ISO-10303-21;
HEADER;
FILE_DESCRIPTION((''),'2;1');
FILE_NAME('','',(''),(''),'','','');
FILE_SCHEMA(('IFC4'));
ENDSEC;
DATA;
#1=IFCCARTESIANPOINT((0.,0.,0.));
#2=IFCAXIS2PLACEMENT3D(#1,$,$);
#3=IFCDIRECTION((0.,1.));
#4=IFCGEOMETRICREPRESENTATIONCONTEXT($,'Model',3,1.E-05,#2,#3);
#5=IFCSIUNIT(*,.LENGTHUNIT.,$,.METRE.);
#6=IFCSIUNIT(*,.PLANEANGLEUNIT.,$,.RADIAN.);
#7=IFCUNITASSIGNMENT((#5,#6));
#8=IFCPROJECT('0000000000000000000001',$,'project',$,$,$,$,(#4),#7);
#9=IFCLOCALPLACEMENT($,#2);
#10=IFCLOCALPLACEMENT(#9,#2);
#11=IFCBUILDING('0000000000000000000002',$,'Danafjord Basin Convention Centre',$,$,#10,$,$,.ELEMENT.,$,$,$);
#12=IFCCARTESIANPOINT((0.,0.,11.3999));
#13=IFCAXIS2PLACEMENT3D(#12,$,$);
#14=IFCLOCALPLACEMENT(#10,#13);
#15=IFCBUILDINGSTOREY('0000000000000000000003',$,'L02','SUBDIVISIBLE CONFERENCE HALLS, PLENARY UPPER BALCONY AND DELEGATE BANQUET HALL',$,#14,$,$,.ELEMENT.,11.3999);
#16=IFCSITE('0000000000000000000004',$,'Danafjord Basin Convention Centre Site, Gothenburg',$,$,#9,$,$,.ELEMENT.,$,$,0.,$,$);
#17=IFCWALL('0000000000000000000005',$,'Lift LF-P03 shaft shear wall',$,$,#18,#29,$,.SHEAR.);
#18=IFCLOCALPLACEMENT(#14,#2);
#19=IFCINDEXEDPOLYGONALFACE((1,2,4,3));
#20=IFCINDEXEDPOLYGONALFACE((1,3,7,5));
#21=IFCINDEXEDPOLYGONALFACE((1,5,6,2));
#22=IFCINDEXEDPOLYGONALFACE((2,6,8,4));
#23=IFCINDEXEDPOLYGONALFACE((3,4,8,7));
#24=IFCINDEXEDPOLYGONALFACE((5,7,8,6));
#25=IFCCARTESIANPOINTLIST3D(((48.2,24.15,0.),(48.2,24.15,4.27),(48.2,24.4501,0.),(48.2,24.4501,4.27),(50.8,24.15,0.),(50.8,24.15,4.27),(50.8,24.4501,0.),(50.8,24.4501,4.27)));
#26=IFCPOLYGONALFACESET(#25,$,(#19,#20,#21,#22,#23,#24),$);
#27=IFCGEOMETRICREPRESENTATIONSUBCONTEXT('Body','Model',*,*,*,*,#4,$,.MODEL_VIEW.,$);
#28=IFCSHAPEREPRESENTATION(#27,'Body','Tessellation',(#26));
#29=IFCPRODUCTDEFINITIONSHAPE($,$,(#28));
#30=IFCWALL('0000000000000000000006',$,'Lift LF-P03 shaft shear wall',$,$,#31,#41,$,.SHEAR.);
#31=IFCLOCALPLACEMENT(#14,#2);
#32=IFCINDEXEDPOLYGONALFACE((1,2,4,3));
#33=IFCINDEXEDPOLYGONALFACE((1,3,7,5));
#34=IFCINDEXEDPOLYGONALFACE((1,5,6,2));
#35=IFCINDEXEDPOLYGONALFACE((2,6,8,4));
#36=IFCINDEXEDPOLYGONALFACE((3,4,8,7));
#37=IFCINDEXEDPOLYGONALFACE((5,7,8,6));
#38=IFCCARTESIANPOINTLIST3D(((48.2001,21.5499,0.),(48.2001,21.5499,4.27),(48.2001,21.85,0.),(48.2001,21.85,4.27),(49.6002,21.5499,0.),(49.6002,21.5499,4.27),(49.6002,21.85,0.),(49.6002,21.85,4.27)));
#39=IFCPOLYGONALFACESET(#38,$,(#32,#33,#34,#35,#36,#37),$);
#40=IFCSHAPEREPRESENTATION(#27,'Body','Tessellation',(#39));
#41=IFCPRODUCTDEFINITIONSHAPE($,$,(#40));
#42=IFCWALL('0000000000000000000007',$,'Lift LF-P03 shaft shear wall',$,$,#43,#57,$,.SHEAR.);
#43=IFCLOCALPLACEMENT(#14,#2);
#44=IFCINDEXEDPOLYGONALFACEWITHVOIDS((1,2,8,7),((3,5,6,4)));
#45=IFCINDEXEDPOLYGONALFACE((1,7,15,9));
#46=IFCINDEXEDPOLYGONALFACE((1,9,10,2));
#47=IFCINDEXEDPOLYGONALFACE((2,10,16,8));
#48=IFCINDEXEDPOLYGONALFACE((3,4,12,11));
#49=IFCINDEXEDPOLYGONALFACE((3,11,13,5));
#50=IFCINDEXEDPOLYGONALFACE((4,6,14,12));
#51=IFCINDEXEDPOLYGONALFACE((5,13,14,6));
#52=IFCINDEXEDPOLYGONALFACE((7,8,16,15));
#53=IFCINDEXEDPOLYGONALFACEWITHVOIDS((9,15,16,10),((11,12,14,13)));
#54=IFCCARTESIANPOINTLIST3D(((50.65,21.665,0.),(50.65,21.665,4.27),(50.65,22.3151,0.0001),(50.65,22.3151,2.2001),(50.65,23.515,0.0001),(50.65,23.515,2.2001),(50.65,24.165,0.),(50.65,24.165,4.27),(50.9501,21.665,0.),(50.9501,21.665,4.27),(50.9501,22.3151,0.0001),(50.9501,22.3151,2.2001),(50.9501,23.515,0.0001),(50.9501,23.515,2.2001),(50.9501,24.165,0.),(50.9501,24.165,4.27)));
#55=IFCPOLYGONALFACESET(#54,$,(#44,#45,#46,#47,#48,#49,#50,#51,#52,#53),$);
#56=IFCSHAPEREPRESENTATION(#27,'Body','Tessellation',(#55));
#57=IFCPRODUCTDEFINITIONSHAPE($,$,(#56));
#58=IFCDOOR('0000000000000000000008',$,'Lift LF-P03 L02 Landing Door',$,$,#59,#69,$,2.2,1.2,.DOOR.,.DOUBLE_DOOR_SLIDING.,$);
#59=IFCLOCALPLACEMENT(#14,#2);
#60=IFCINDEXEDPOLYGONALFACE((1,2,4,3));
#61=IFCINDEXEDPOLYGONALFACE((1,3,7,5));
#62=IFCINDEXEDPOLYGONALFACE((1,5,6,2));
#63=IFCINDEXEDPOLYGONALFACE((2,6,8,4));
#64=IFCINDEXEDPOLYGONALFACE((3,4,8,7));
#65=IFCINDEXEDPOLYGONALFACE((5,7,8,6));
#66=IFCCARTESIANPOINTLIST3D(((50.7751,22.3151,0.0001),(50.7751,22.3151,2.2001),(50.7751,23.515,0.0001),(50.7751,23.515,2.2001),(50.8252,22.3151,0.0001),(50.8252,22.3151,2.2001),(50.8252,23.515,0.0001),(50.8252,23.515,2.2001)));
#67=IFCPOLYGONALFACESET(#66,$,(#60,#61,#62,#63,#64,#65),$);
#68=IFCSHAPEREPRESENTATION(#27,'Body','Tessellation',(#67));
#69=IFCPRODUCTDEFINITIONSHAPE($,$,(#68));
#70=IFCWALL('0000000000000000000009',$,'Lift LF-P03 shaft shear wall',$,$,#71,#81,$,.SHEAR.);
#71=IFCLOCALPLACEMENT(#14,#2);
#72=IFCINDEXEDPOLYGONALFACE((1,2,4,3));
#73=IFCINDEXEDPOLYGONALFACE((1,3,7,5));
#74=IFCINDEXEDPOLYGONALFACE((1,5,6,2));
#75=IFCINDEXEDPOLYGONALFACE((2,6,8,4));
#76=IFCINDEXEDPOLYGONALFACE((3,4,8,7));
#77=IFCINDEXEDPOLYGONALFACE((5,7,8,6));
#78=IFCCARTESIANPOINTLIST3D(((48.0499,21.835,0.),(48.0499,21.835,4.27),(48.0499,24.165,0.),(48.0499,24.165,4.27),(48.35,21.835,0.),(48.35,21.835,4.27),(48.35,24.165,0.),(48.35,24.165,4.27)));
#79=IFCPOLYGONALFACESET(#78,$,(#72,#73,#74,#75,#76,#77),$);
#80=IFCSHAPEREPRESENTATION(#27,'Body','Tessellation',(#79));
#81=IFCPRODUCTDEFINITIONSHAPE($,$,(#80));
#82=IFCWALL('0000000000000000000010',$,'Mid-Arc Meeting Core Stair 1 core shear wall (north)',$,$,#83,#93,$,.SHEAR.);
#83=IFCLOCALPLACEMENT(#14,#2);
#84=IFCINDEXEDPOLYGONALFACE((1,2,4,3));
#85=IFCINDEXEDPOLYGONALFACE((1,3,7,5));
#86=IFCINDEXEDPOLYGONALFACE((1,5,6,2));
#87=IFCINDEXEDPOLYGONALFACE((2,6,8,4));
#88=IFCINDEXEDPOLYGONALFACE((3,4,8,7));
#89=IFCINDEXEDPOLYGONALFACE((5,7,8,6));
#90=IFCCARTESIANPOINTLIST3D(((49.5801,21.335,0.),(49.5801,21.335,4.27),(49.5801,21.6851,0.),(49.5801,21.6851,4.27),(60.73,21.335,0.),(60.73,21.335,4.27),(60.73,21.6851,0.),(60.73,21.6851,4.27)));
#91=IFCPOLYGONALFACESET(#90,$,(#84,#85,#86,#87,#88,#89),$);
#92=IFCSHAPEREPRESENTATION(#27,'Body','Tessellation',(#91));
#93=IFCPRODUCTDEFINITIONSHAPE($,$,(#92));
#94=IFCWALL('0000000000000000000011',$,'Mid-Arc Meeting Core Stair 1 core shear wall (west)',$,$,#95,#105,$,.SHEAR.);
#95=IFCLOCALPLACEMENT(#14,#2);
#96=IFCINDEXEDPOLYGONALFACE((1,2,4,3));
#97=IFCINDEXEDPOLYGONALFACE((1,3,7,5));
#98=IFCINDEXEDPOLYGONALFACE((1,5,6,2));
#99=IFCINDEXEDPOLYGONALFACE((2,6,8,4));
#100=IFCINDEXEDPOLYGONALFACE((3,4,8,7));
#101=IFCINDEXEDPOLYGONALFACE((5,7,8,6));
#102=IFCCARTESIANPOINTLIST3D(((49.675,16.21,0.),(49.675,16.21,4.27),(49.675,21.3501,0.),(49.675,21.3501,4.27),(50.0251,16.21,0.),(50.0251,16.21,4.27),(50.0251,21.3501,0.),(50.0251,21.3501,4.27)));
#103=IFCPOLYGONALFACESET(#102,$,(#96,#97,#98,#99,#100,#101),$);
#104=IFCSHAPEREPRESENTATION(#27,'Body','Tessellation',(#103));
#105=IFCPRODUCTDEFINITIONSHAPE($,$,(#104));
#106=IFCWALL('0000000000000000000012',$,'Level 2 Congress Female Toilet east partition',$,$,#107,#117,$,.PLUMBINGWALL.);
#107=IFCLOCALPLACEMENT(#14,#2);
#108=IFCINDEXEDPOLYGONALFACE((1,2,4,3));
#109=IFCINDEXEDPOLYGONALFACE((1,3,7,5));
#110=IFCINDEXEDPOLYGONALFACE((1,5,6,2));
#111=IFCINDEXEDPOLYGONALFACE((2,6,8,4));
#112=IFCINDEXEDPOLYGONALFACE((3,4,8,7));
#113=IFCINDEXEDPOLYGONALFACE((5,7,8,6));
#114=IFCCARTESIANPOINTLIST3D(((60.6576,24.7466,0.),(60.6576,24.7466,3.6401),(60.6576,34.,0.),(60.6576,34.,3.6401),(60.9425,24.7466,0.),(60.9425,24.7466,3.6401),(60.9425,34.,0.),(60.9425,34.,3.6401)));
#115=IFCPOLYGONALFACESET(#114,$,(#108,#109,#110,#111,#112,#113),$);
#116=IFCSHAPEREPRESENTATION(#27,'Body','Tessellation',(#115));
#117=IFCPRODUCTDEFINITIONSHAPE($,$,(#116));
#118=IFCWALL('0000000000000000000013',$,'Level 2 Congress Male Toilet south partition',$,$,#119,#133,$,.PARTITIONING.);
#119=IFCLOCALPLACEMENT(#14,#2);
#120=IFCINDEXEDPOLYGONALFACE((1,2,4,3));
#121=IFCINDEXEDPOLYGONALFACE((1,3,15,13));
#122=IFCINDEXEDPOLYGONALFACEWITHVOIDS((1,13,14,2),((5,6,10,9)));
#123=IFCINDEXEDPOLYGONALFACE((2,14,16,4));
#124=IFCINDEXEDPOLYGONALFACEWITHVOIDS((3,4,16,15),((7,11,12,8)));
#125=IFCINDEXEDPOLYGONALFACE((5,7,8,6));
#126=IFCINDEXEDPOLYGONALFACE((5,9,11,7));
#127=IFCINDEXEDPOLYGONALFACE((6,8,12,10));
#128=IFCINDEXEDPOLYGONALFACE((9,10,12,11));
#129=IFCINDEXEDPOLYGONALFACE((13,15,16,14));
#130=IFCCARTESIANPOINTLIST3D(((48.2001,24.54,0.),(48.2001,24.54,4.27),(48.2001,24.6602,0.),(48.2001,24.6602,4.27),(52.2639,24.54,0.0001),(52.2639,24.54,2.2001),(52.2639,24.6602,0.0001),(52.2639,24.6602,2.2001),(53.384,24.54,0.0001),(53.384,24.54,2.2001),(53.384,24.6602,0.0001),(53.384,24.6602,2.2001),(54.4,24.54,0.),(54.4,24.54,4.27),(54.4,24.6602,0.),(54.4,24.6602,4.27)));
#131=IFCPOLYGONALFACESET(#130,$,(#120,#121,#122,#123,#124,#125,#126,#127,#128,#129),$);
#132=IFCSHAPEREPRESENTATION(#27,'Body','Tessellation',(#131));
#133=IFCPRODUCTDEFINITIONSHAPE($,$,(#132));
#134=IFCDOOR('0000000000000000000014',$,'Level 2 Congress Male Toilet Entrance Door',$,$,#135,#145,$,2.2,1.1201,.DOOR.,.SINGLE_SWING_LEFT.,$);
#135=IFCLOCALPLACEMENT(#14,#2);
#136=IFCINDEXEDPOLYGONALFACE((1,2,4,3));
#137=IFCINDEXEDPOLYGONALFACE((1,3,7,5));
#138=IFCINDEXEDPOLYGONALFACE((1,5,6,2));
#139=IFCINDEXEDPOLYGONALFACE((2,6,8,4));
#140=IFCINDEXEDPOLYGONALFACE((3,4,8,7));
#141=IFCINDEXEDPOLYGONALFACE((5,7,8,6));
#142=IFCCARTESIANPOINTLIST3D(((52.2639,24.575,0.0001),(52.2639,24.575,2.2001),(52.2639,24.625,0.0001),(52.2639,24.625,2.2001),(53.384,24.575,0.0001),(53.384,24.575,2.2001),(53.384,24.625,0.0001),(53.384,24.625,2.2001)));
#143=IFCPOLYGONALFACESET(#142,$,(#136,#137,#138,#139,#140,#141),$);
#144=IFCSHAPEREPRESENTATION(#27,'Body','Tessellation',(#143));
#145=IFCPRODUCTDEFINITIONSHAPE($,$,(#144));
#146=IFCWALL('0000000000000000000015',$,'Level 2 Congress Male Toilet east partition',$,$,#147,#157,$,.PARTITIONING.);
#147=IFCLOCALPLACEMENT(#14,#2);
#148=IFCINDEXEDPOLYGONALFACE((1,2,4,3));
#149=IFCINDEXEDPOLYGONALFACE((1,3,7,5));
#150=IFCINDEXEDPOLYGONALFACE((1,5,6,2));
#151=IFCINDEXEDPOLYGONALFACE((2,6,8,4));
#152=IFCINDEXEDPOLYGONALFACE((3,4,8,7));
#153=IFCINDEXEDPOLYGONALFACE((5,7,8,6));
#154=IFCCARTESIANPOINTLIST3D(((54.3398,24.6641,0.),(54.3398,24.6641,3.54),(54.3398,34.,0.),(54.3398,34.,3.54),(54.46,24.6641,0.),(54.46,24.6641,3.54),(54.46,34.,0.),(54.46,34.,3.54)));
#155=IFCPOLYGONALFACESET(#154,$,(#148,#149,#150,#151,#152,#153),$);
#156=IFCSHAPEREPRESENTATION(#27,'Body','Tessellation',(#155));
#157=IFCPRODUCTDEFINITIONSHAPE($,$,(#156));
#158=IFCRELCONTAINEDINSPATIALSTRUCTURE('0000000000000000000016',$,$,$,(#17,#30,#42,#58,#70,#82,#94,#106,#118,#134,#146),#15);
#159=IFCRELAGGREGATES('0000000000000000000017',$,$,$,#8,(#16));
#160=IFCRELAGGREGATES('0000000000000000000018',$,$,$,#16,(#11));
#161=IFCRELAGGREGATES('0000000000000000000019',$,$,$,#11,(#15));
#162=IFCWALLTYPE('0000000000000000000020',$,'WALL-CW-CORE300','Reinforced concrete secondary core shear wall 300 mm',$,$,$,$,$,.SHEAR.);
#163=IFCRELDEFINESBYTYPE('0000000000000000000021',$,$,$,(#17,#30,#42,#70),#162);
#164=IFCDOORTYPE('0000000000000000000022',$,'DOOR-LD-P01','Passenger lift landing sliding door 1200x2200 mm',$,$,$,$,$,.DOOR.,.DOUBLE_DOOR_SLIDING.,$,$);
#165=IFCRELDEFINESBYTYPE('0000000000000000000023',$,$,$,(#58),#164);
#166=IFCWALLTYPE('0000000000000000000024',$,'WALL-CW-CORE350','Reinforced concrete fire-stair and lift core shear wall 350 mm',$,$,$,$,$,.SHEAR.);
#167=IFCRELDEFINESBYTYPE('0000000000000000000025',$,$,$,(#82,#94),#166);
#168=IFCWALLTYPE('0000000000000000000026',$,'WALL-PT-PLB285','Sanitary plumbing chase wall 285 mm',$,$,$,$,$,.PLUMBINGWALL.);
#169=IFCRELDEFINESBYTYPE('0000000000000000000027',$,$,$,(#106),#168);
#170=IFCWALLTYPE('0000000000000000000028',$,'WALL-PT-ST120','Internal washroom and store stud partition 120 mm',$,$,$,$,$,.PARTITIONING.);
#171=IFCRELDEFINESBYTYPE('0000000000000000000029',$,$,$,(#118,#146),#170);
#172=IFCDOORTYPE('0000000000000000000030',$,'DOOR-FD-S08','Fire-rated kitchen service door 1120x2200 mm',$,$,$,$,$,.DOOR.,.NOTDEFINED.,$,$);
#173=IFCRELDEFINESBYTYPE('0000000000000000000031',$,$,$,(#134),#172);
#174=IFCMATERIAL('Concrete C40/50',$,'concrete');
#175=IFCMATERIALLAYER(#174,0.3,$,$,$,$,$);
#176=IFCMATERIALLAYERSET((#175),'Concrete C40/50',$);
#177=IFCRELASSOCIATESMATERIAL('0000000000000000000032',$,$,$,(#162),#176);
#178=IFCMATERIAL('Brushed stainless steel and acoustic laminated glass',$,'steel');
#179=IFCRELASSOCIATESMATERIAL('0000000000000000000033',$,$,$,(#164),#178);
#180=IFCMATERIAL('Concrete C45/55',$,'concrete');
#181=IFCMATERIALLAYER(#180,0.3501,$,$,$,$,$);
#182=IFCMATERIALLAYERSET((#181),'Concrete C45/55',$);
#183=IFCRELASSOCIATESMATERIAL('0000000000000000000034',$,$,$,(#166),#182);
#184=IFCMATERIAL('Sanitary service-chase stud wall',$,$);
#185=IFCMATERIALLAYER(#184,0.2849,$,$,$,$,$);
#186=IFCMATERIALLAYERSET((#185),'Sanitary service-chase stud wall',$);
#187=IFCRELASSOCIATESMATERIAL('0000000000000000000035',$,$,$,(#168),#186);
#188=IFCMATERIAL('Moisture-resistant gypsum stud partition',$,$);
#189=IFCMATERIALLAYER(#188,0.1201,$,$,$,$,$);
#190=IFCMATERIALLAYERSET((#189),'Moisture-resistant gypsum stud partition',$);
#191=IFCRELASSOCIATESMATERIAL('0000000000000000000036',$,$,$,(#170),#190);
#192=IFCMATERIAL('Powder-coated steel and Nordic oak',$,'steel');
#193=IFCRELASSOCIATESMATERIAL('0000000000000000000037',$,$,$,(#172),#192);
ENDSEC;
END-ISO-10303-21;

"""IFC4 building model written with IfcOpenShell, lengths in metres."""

from ifc_helpers import new_model, si_unit, direction, frame, frame_2d, origin, place, context, subcontext, project, spatial, rectangle, extrude, material, layer, layer_set, type_object, element, fill, save


model = new_model("IFC4")

# Units and contexts
model_context = context("Model", 3, precision=1e-05, world=origin(), true_north=direction((0.0, 1.0)))
body_context = subcontext(model_context, "Body", "Model", "MODEL_VIEW")
ifc_project = project(units=[si_unit("LENGTHUNIT", "METRE"), si_unit("PLANEANGLEUNIT", "RADIAN")], contexts=[model_context])

# Site, building, storey
site_placement = place(None, origin())
site = spatial("IfcSite", under=ifc_project, at=site_placement, Name="Danafjord Basin Convention Centre Site, Gothenburg", CompositionType="ELEMENT", RefElevation=0.0)
building_placement = place(site_placement, origin())
building = spatial("IfcBuilding", under=site, at=building_placement, Name="Danafjord Basin Convention Centre", CompositionType="ELEMENT")
storey_placement = place(building_placement, frame((0.0, 0.0, 11.3999)))
storey = spatial("IfcBuildingStorey", under=building, at=storey_placement, Name="L02", Description="SUBDIVISIBLE CONFERENCE HALLS, PLENARY UPPER BALCONY AND DELEGATE BANQUET HALL", CompositionType="ELEMENT", Elevation=11.3999)

# Walls
ifc_material_1 = material(Name="Concrete C40/50", Category="concrete")
ifc_layer_1 = layer(ifc_material_1, 0.3)
ifc_layer_set_1 = layer_set([ifc_layer_1], Name="Concrete C40/50")
wall_type_1 = type_object("IfcWallType", Name="WALL-CW-CORE300", Description="Reinforced concrete secondary core shear wall 300 mm", PredefinedType="SHEAR", material=ifc_layer_set_1)
wall_1_placement = place(storey_placement, frame((50.8, 24.3, 0.0), z_axis=(0.0, 0.0, 1.0), x_axis=(-1.0, 0.0, 0.0)))
element("IfcWall", 1, at=wall_1_placement, inside=storey, type_object=wall_type_1, Name="Lift LF-P03 shaft shear wall", PredefinedType="SHEAR", context=body_context, shape_type="SweptSolid", body=[
    extrude(rectangle(XDim=2.6001, YDim=0.3, at=frame_2d((1.3, 0.0))), origin(), (0.0, 0.0, 1.0), 4.27),
])
wall_2_placement = place(storey_placement, frame((48.2, 21.7, 0.0), z_axis=(0.0, 0.0, 1.0), x_axis=(1.0, 0.0, 0.0)))
element("IfcWall", 2, at=wall_2_placement, inside=storey, type_object=wall_type_1, Name="Lift LF-P03 shaft shear wall", PredefinedType="SHEAR", context=body_context, shape_type="SweptSolid", body=[
    extrude(rectangle(XDim=1.4001, YDim=0.3, at=frame_2d((0.7002, 0.0))), origin(), (0.0, 0.0, 1.0), 4.27),
])

# Wall, opening, door
wall_3_placement = place(storey_placement, frame((50.8, 21.665, 0.0), z_axis=(0.0, 0.0, 1.0), x_axis=(0.0, 1.0, 0.0)))
wall_3 = element("IfcWall", 3, at=wall_3_placement, inside=storey, type_object=wall_type_1, Name="Lift LF-P03 shaft shear wall", PredefinedType="SHEAR", context=body_context, shape_type="SweptSolid", body=[
    extrude(rectangle(XDim=2.5, YDim=0.3, at=frame_2d((1.25, 0.0))), origin(), (0.0, 0.0, 1.0), 4.27),
])
opening_1_placement = place(wall_3_placement, frame((0.6499, 0.0, 0.0)))
opening_1 = element("IfcOpeningElement", 4, at=opening_1_placement, cuts=wall_3, PredefinedType="OPENING", context=body_context, shape_type="SweptSolid", body=[
    extrude(rectangle(XDim=1.2, YDim=2.2, at=frame_2d((0.6001, 1.1001))), frame((0.0, 0.1599, 0.0), z_axis=(0.0, -1.0, 0.0), x_axis=(1.0, 0.0, 0.0)), (0.0, 0.0, 1.0), 0.3201),
])
ifc_material_2 = material(Name="Brushed stainless steel and acoustic laminated glass", Category="steel")
door_type_1 = type_object("IfcDoorType", Name="DOOR-LD-P01", Description="Passenger lift landing sliding door 1200x2200 mm", OperationType="DOUBLE_DOOR_SLIDING", PredefinedType="DOOR", material=ifc_material_2)
door_1_placement = place(opening_1_placement, origin())
door_1 = element("IfcDoor", 5, at=door_1_placement, inside=storey, type_object=door_type_1, Name="Lift LF-P03 L02 Landing Door", OperationType="DOUBLE_DOOR_SLIDING", OverallHeight=2.2, OverallWidth=1.2, PredefinedType="DOOR", context=body_context, shape_type="SweptSolid", body=[
    extrude(rectangle(XDim=1.2, YDim=2.2, at=frame_2d((0.6001, 1.1001))), frame((0.0, 0.0249, 0.0), z_axis=(0.0, -1.0, 0.0), x_axis=(1.0, 0.0, 0.0)), (0.0, 0.0, 1.0), 0.05),
])
fill(opening_1, door_1)

# Walls
wall_4_placement = place(storey_placement, frame((48.2, 24.165, 0.0), z_axis=(0.0, 0.0, 1.0), x_axis=(0.0, -1.0, 0.0)))
element("IfcWall", 6, at=wall_4_placement, inside=storey, type_object=wall_type_1, Name="Lift LF-P03 shaft shear wall", PredefinedType="SHEAR", context=body_context, shape_type="SweptSolid", body=[
    extrude(rectangle(XDim=2.3301, YDim=0.3, at=frame_2d((1.165, 0.0))), origin(), (0.0, 0.0, 1.0), 4.27),
])
ifc_material_3 = material(Name="Concrete C45/55", Category="concrete")
ifc_layer_2 = layer(ifc_material_3, 0.3501)
ifc_layer_set_2 = layer_set([ifc_layer_2], Name="Concrete C45/55")
wall_type_2 = type_object("IfcWallType", Name="WALL-CW-CORE350", Description="Reinforced concrete fire-stair and lift core shear wall 350 mm", PredefinedType="SHEAR", material=ifc_layer_set_2)
wall_5_placement = place(storey_placement, frame((60.73, 21.51, 0.0), z_axis=(0.0, 0.0, 1.0), x_axis=(-1.0, 0.0, 0.0)))
element("IfcWall", 7, at=wall_5_placement, inside=storey, type_object=wall_type_2, Name="Mid-Arc Meeting Core Stair 1 core shear wall (north)", PredefinedType="SHEAR", context=body_context, shape_type="SweptSolid", body=[
    extrude(rectangle(XDim=11.1499, YDim=0.3501, at=frame_2d((5.575, 0.0))), origin(), (0.0, 0.0, 1.0), 4.27),
])
wall_6_placement = place(storey_placement, frame((49.8501, 21.3501, 0.0), z_axis=(0.0, 0.0, 1.0), x_axis=(0.0, -1.0, 0.0)))
element("IfcWall", 8, at=wall_6_placement, inside=storey, type_object=wall_type_2, Name="Mid-Arc Meeting Core Stair 1 core shear wall (west)", PredefinedType="SHEAR", context=body_context, shape_type="SweptSolid", body=[
    extrude(rectangle(XDim=5.1401, YDim=0.3501, at=frame_2d((2.5701, 0.0))), origin(), (0.0, 0.0, 1.0), 4.27),
])

# Shared definitions
ifc_material_4 = material(Name="Sanitary service-chase stud wall")
ifc_layer_3 = layer(ifc_material_4, 0.2849)
ifc_layer_set_3 = layer_set([ifc_layer_3], Name="Sanitary service-chase stud wall")
wall_type_3 = type_object("IfcWallType", Name="WALL-PT-PLB285", Description="Sanitary plumbing chase wall 285 mm", PredefinedType="PLUMBINGWALL", material=ifc_layer_set_3)
ifc_material_5 = material(Name="Powder-coated steel and Nordic oak", Category="steel")

# Wall
wall_7_placement = place(storey_placement, frame((60.8, 24.7466, 0.0), z_axis=(0.0, 0.0, 1.0), x_axis=(0.0, 1.0, 0.0)))
element("IfcWall", 9, at=wall_7_placement, inside=storey, type_object=wall_type_3, Name="Level 2 Congress Female Toilet east partition", PredefinedType="PLUMBINGWALL", context=body_context, shape_type="SweptSolid", body=[
    extrude(rectangle(XDim=9.2534, YDim=0.2849, at=frame_2d((4.6267, 0.0))), origin(), (0.0, 0.0, 1.0), 3.6401),
])

# Wall, opening, door
ifc_material_6 = material(Name="Moisture-resistant gypsum stud partition")
ifc_layer_4 = layer(ifc_material_6, 0.1201)
ifc_layer_set_4 = layer_set([ifc_layer_4], Name="Moisture-resistant gypsum stud partition")
wall_type_4 = type_object("IfcWallType", Name="WALL-PT-ST120", Description="Internal washroom and store stud partition 120 mm", PredefinedType="PARTITIONING", material=ifc_layer_set_4)
wall_8_placement = place(storey_placement, frame((48.2, 24.6001, 0.0), z_axis=(0.0, 0.0, 1.0), x_axis=(1.0, 0.0, 0.0)))
wall_8 = element("IfcWall", 10, at=wall_8_placement, inside=storey, type_object=wall_type_4, Name="Level 2 Congress Male Toilet south partition", PredefinedType="PARTITIONING", context=body_context, shape_type="SweptSolid", body=[
    extrude(rectangle(XDim=6.2, YDim=0.1201, at=frame_2d((3.1001, 0.0))), origin(), (0.0, 0.0, 1.0), 4.27),
])
opening_2_placement = place(wall_8_placement, frame((4.064, 0.0, 0.0)))
opening_2 = element("IfcOpeningElement", 11, at=opening_2_placement, cuts=wall_8, PredefinedType="OPENING", context=body_context, shape_type="SweptSolid", body=[
    extrude(rectangle(XDim=1.1201, YDim=2.2, at=frame_2d((0.5601, 1.1001))), frame((0.0, 0.0701, 0.0), z_axis=(0.0, -1.0, 0.0), x_axis=(1.0, 0.0, 0.0)), (0.0, 0.0, 1.0), 0.1401),
])
door_type_2 = type_object("IfcDoorType", Name="DOOR-FD-S08", Description="Fire-rated kitchen service door 1120x2200 mm", OperationType="NOTDEFINED", PredefinedType="DOOR", material=ifc_material_5)
door_2_placement = place(opening_2_placement, origin())
door_2 = element("IfcDoor", 12, at=door_2_placement, inside=storey, type_object=door_type_2, Name="Level 2 Congress Male Toilet Entrance Door", OperationType="SINGLE_SWING_LEFT", OverallHeight=2.2, OverallWidth=1.1201, PredefinedType="DOOR", context=body_context, shape_type="SweptSolid", body=[
    extrude(rectangle(XDim=1.1201, YDim=2.2, at=frame_2d((0.5601, 1.1001))), frame((0.0, 0.0249, 0.0), z_axis=(0.0, -1.0, 0.0), x_axis=(1.0, 0.0, 0.0)), (0.0, 0.0, 1.0), 0.05),
])
fill(opening_2, door_2)

# Wall
wall_9_placement = place(storey_placement, frame((54.3999, 24.6641, 0.0), z_axis=(0.0, 0.0, 1.0), x_axis=(0.0, 1.0, 0.0)))
element("IfcWall", 13, at=wall_9_placement, inside=storey, type_object=wall_type_4, Name="Level 2 Congress Male Toilet east partition", PredefinedType="PARTITIONING", context=body_context, shape_type="SweptSolid", body=[
    extrude(rectangle(XDim=9.3359, YDim=0.1201, at=frame_2d((4.668, 0.0))), origin(), (0.0, 0.0, 1.0), 3.54),
])

save(model, "model.ifc")
